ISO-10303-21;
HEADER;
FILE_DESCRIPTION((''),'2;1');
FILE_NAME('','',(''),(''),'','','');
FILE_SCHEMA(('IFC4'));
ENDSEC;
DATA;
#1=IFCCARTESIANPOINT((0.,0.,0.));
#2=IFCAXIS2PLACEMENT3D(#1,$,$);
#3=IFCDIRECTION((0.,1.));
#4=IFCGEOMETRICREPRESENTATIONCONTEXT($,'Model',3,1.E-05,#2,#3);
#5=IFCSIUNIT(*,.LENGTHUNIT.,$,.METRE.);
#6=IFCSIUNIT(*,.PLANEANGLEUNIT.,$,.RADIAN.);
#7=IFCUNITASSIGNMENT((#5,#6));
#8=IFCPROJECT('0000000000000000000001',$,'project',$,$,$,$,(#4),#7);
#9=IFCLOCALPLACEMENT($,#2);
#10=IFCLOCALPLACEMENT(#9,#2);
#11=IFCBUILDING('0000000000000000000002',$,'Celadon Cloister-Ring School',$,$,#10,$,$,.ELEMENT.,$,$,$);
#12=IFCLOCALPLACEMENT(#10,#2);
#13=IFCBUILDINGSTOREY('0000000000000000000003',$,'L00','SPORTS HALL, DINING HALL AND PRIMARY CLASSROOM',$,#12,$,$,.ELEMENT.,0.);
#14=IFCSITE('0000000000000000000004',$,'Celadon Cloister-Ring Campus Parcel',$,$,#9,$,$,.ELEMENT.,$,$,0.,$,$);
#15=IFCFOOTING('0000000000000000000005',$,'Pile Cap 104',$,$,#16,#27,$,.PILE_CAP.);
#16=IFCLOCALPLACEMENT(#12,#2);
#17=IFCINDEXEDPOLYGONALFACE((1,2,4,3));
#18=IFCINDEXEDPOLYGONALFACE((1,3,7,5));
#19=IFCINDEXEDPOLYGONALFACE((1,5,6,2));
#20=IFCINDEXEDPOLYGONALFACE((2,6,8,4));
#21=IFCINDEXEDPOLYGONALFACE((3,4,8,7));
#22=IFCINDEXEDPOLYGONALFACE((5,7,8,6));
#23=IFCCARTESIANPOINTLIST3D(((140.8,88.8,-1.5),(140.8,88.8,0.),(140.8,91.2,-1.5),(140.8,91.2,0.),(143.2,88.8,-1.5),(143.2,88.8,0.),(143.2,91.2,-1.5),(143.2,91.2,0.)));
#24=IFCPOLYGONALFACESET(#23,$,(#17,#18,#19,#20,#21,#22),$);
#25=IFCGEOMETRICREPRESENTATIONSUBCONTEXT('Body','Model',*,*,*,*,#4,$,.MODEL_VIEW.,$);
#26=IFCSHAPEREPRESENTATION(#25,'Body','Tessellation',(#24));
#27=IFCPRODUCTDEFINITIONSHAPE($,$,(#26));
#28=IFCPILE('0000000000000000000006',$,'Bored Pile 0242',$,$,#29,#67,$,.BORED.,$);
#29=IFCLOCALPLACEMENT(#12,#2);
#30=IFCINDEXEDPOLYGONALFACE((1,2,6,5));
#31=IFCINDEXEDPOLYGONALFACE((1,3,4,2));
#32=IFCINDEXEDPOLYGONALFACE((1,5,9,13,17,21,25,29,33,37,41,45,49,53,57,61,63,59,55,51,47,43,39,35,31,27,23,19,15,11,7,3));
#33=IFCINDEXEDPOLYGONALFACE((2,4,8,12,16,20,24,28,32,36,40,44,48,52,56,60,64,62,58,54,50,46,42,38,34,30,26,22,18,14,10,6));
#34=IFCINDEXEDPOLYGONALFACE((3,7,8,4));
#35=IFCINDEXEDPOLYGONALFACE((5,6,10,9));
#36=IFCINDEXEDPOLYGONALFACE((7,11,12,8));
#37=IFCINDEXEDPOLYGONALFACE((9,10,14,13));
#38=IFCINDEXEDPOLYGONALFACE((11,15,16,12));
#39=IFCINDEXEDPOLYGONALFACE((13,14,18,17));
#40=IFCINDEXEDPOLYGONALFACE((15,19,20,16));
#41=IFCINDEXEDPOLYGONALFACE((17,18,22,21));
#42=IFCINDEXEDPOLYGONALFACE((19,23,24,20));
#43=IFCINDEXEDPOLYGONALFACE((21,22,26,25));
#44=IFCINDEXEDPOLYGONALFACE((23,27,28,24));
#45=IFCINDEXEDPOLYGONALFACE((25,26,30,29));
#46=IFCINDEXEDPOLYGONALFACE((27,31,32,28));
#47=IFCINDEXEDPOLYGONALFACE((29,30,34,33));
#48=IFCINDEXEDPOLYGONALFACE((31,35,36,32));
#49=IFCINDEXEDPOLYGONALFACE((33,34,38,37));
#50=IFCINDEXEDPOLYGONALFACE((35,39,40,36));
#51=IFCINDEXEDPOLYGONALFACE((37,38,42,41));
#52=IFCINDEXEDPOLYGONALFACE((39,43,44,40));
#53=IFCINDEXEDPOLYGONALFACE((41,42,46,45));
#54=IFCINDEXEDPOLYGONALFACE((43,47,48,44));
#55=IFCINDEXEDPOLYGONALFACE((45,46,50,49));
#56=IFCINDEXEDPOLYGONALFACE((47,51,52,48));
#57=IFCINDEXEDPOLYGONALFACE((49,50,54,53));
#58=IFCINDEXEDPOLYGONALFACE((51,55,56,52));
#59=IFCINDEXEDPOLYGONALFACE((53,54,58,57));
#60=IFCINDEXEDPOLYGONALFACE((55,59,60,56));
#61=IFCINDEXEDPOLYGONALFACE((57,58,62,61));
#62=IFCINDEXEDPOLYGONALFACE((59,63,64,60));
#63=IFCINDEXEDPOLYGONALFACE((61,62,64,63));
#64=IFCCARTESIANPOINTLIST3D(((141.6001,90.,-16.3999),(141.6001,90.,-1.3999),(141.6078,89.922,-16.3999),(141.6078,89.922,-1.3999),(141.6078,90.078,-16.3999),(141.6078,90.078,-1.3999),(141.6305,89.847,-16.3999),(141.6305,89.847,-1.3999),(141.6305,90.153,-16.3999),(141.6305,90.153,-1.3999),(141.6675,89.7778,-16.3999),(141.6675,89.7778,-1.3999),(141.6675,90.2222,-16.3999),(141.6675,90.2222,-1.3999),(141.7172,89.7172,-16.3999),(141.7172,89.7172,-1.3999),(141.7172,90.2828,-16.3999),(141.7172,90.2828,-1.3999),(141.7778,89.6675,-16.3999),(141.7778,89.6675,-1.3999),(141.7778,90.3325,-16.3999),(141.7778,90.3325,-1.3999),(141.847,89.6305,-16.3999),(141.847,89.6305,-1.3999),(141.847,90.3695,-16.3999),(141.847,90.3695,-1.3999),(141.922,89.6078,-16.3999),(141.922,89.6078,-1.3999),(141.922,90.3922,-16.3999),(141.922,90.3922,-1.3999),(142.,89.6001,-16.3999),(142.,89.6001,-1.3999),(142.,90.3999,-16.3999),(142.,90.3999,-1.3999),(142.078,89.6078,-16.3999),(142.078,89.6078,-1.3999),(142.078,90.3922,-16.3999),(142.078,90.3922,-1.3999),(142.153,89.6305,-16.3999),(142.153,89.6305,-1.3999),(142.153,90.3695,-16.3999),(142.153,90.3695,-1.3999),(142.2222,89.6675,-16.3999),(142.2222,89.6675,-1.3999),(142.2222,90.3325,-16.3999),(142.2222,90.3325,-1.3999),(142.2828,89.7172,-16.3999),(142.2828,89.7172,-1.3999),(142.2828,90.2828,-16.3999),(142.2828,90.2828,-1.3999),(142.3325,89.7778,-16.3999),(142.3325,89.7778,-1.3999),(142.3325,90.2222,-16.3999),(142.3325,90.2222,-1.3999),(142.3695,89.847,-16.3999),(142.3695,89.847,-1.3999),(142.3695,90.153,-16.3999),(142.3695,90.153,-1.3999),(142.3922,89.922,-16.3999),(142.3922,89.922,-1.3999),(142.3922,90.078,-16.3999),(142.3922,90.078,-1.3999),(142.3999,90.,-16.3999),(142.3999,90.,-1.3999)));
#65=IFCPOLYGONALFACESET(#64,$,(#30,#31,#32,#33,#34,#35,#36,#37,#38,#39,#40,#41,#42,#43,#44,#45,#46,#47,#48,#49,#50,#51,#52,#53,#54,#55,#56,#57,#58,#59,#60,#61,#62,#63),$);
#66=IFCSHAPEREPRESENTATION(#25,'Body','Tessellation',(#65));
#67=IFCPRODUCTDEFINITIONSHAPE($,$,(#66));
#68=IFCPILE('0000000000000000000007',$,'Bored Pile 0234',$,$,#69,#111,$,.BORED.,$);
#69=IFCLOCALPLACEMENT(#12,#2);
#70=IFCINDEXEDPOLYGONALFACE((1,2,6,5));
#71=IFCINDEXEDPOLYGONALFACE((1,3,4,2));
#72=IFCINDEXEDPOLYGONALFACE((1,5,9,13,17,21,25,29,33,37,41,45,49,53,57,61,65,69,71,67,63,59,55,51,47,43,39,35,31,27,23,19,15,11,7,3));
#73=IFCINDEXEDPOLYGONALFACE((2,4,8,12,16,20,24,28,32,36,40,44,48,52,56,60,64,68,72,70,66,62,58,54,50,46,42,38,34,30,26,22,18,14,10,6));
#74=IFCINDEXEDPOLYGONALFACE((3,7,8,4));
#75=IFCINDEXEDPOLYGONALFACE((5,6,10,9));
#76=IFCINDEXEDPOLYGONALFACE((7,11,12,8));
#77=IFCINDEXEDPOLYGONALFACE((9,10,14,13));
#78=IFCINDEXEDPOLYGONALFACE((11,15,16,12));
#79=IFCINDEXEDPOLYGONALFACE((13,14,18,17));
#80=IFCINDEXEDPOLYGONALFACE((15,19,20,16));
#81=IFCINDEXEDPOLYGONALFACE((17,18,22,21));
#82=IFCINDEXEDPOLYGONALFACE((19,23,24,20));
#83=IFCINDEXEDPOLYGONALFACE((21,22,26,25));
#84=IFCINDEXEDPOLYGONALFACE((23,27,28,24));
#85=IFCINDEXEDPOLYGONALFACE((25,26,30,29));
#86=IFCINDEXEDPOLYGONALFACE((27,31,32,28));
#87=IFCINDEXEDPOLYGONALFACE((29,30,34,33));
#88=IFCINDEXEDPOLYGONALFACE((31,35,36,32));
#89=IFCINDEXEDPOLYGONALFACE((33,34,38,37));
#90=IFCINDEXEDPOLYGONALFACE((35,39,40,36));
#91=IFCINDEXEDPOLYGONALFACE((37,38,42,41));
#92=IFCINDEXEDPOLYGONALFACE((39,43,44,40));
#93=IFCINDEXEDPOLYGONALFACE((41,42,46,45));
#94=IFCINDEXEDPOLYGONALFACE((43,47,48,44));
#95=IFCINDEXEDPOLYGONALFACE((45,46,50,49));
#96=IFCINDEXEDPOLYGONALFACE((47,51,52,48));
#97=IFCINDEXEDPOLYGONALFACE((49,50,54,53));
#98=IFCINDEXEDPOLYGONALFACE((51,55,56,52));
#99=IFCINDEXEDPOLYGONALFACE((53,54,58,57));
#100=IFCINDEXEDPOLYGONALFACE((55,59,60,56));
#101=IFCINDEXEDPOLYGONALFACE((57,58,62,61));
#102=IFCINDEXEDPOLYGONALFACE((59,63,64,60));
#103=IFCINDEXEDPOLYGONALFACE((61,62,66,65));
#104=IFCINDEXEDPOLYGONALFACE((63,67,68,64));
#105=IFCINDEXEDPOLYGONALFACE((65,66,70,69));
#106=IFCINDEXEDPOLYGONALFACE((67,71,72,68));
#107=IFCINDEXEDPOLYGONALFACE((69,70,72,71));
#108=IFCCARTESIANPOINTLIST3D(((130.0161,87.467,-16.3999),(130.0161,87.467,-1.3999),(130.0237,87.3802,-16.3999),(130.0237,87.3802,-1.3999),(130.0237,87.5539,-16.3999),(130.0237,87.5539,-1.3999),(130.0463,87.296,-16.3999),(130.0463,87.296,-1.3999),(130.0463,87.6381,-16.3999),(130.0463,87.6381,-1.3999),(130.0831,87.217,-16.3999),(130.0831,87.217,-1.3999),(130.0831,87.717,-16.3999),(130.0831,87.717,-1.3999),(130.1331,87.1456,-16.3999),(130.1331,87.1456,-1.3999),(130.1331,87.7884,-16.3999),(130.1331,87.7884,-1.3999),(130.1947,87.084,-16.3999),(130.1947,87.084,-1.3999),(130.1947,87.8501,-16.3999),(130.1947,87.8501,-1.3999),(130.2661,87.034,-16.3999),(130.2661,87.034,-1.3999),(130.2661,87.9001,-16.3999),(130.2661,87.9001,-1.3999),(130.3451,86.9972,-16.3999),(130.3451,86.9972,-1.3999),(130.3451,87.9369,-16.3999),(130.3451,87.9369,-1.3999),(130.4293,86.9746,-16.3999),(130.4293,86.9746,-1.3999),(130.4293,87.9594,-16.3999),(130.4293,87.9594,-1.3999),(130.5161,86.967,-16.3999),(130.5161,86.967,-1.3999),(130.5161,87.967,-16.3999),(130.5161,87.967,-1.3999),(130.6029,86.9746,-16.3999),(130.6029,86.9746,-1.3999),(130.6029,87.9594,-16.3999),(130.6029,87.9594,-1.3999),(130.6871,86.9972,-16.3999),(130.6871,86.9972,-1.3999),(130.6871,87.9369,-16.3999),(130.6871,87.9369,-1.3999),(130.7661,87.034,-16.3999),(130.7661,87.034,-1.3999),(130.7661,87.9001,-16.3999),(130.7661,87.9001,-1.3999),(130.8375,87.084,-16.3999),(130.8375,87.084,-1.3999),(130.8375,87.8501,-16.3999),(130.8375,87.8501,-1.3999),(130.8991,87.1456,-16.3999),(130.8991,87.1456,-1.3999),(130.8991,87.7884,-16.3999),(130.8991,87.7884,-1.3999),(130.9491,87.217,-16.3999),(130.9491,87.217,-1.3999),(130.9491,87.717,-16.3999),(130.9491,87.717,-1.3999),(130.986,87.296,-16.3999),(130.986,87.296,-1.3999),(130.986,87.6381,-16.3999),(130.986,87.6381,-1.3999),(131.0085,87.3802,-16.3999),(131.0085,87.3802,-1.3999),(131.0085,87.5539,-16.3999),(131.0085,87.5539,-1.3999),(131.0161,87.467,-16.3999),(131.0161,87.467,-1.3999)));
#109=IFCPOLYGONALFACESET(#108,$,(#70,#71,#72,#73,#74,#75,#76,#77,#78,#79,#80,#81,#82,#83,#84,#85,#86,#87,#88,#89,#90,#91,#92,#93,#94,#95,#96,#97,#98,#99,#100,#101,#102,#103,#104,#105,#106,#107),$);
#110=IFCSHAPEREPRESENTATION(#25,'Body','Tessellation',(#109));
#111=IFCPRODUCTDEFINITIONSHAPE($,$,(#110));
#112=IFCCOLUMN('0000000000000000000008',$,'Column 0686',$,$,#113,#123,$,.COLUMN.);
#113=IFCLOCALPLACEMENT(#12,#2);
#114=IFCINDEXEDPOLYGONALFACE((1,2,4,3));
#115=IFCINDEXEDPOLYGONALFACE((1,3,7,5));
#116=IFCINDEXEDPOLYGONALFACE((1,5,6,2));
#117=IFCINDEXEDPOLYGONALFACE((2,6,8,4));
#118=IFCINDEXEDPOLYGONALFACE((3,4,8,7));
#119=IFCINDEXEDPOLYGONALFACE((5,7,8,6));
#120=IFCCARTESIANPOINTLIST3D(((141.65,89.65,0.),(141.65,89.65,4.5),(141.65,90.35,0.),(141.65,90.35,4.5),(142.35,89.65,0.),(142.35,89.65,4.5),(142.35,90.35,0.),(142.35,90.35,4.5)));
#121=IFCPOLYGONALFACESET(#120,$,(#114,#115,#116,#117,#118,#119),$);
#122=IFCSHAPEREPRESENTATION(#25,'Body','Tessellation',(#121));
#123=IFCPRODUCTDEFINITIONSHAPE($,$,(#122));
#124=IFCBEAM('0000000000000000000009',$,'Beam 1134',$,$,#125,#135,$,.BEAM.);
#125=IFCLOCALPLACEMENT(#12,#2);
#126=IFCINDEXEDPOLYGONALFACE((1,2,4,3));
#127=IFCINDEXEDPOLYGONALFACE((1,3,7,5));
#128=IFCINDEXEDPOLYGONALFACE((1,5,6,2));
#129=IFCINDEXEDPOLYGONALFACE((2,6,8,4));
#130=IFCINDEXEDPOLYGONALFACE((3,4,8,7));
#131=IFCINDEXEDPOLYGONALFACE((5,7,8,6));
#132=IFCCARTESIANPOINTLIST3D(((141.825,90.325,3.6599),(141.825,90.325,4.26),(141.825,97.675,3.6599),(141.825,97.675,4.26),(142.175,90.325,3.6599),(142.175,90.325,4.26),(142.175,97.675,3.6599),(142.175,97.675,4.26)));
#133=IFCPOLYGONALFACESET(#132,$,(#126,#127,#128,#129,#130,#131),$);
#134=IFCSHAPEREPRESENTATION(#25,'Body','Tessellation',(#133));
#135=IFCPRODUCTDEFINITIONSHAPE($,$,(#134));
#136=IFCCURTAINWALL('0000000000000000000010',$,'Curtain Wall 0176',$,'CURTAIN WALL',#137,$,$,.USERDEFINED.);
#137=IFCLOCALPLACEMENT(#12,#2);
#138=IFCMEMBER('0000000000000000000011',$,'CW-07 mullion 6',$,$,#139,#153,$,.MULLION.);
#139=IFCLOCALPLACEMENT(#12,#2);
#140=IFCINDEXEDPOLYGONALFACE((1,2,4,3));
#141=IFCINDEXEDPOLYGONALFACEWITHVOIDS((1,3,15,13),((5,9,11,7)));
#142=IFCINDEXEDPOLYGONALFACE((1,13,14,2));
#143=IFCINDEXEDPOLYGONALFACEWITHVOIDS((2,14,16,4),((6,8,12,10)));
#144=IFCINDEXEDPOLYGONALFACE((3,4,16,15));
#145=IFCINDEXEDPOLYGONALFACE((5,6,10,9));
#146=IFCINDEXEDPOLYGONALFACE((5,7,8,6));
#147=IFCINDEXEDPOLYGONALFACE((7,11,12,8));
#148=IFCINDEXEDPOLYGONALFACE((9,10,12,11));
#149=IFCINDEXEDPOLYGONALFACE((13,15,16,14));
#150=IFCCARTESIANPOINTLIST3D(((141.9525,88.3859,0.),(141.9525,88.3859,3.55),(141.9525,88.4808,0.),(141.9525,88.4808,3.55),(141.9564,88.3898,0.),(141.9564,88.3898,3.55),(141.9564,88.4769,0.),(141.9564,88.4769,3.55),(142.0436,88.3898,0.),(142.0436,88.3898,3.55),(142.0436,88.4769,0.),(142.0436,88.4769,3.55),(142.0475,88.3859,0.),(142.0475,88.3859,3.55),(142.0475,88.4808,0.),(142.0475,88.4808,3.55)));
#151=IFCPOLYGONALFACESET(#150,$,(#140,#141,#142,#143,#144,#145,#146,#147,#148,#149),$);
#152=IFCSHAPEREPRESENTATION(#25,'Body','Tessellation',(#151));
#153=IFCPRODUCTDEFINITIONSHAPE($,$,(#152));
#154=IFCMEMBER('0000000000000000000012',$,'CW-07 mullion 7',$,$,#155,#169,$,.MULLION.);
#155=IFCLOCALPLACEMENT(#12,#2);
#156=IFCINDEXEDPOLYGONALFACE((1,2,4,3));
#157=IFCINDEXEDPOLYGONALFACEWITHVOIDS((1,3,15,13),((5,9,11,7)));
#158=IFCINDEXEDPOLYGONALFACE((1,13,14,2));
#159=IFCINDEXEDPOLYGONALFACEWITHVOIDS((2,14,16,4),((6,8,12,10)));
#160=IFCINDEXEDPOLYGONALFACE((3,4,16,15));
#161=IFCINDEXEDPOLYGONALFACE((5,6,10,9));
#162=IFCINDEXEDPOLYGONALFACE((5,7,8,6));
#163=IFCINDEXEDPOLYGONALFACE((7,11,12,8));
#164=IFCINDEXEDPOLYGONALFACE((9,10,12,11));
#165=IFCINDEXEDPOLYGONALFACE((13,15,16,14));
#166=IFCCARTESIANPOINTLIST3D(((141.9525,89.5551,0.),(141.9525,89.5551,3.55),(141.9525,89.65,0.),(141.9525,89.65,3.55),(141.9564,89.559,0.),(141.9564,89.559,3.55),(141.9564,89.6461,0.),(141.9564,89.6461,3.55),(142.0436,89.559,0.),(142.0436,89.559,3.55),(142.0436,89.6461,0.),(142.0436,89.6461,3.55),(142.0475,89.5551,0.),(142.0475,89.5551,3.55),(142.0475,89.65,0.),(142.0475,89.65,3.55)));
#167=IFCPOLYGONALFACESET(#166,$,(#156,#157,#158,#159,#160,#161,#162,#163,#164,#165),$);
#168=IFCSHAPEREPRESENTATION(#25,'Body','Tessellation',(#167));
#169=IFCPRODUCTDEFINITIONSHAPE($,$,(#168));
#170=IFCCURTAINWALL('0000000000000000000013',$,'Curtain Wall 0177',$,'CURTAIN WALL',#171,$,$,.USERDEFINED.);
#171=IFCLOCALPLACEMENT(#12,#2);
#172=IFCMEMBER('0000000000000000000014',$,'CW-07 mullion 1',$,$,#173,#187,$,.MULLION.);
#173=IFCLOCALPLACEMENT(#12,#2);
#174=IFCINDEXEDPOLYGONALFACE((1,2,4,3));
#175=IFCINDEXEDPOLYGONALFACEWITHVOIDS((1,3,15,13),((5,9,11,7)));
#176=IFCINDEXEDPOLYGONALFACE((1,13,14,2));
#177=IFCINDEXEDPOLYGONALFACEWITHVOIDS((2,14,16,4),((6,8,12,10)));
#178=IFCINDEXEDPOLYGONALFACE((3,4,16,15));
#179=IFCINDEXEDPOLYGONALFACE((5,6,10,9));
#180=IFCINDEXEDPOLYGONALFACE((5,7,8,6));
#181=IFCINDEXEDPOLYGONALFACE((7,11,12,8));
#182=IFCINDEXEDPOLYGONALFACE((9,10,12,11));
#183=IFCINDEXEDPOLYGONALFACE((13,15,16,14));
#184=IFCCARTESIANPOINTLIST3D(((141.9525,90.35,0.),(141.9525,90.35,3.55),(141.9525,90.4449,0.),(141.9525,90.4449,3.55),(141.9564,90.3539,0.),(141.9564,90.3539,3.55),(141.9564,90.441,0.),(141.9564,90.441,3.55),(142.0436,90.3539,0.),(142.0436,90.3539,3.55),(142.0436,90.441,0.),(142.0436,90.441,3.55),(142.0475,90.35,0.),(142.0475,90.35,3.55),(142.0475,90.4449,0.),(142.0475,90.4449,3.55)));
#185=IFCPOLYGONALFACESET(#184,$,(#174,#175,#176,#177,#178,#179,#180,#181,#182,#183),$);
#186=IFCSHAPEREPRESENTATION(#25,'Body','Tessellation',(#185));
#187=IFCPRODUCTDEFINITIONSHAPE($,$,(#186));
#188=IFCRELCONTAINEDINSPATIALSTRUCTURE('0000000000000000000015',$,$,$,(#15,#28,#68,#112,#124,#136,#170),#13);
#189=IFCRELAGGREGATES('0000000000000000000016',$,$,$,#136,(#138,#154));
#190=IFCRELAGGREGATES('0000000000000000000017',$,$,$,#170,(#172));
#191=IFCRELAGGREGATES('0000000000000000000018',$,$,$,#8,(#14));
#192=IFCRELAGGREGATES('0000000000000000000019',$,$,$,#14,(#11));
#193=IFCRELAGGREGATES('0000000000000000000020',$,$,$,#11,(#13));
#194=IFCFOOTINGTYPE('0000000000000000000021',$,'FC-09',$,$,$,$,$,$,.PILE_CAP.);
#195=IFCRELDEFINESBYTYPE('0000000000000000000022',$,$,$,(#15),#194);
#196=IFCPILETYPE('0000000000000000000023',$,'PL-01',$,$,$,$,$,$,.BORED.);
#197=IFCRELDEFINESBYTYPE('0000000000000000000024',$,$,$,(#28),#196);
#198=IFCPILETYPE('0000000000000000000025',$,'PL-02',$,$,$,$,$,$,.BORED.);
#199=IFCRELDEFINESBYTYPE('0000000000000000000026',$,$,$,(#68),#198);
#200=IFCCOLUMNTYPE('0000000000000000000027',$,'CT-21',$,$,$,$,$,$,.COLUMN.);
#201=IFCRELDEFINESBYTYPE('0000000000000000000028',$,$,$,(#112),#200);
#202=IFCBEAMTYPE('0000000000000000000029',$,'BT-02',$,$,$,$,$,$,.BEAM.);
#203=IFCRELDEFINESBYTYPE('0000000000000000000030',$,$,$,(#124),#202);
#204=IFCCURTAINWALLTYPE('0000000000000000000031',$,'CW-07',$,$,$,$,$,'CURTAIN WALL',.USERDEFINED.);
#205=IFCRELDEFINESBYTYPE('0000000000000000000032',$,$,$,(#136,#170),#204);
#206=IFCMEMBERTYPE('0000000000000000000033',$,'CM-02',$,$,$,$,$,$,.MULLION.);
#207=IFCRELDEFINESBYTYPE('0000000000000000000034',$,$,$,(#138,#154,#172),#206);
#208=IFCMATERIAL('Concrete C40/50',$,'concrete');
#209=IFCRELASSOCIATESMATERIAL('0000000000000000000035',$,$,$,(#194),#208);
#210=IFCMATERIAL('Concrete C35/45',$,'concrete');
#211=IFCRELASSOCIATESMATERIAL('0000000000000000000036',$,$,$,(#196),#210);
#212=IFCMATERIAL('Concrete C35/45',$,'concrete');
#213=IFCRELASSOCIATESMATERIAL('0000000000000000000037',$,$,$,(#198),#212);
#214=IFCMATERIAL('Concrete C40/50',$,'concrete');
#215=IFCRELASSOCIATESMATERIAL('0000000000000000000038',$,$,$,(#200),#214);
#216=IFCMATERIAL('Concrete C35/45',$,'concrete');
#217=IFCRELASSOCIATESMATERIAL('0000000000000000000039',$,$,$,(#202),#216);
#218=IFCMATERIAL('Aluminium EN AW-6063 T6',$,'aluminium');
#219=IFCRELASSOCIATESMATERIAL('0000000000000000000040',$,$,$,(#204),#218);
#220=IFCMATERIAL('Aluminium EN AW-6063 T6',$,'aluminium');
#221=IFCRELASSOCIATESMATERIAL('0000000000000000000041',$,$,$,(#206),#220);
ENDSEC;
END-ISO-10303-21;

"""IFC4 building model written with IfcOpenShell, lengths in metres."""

from ifc_helpers import new_model, si_unit, direction, frame, origin, origin_2d, place, context, subcontext, project, spatial, rectangle, hollow_rectangle, circle, extrude, material, material_profile, profile_set, type_object, element, aggregate, save


model = new_model("IFC4")

# Units and contexts
model_context = context("Model", 3, precision=1e-05, world=origin(), true_north=direction((0.0, 1.0)))
body_context = subcontext(model_context, "Body", "Model", "MODEL_VIEW")
ifc_project = project(units=[si_unit("LENGTHUNIT", "METRE"), si_unit("PLANEANGLEUNIT", "RADIAN")], contexts=[model_context])

# Site, building, storey
site_placement = place(None, origin())
site = spatial("IfcSite", under=ifc_project, at=site_placement, Name="Celadon Cloister-Ring Campus Parcel", CompositionType="ELEMENT", RefElevation=0.0)
building_placement = place(site_placement, origin())
building = spatial("IfcBuilding", under=site, at=building_placement, Name="Celadon Cloister-Ring School", CompositionType="ELEMENT")
storey_placement = place(building_placement, origin())
storey = spatial("IfcBuildingStorey", under=building, at=storey_placement, Name="L00", Description="SPORTS HALL, DINING HALL AND PRIMARY CLASSROOM", CompositionType="ELEMENT", Elevation=0.0)

# Footing
ifc_material_1 = material(Name="Concrete C40/50", Category="concrete")
footing_type = type_object("IfcFootingType", Name="FC-09", PredefinedType="PILE_CAP", material=ifc_material_1)
footing_placement = place(storey_placement, frame((142.0, 90.0, -1.5), z_axis=(0.0, 0.0, 1.0), x_axis=(1.0, 0.0, 0.0)))
element("IfcFooting", 1, at=footing_placement, inside=storey, type_object=footing_type, Name="Pile Cap 104", PredefinedType="PILE_CAP", context=body_context, shape_type="SweptSolid", body=[
    extrude(rectangle(XDim=2.3999, YDim=2.3999, at=origin_2d()), origin(), (0.0, 0.0, 1.0), 1.5),
])

# Piles
ifc_material_2 = material(Name="Concrete C35/45", Category="concrete")
ifc_material_profile_1 = material_profile(ifc_material_2, circle(Radius=0.3999, at=origin_2d()), Name="PILE800")
ifc_profile_set_1 = profile_set([ifc_material_profile_1], Name="Concrete C35/45")
pile_type_1 = type_object("IfcPileType", Name="PL-01", PredefinedType="BORED", material=ifc_profile_set_1)
pile_1_placement = place(storey_placement, frame((142.0, 90.0, -1.3999), z_axis=(0.0, 0.0, -1.0), x_axis=(1.0, 0.0, 0.0)))
element("IfcPile", 2, at=pile_1_placement, inside=storey, type_object=pile_type_1, Name="Bored Pile 0242", PredefinedType="BORED", context=body_context, shape_type="SweptSolid", body=[
    extrude(circle(Radius=0.3999, at=origin_2d()), origin(), (0.0, 0.0, 1.0), 15.0),
])
ifc_material_3 = material(Name="Concrete C35/45", Category="concrete")
ifc_material_profile_2 = material_profile(ifc_material_3, circle(Radius=0.5, at=origin_2d()), Name="PILE1000")
ifc_profile_set_2 = profile_set([ifc_material_profile_2], Name="Concrete C35/45")
pile_type_2 = type_object("IfcPileType", Name="PL-02", PredefinedType="BORED", material=ifc_profile_set_2)
pile_2_placement = place(storey_placement, frame((130.5161, 87.467, -1.3999), z_axis=(0.0, 0.0, -1.0), x_axis=(1.0, 0.0, 0.0)))
element("IfcPile", 3, at=pile_2_placement, inside=storey, type_object=pile_type_2, Name="Bored Pile 0234", PredefinedType="BORED", context=body_context, shape_type="SweptSolid", body=[
    extrude(circle(Radius=0.5, at=origin_2d()), origin(), (0.0, 0.0, 1.0), 15.0),
])

# Column
ifc_material_4 = material(Name="Concrete C40/50", Category="concrete")
ifc_material_profile_3 = material_profile(ifc_material_4, rectangle(XDim=0.7, YDim=0.7, at=origin_2d()), Name="RC700X700")
ifc_profile_set_3 = profile_set([ifc_material_profile_3], Name="Concrete C40/50")
column_type = type_object("IfcColumnType", Name="CT-21", PredefinedType="COLUMN", material=ifc_profile_set_3)
column_placement = place(storey_placement, frame((142.0, 90.0, 0.0), z_axis=(0.0, 0.0, 1.0), x_axis=(1.0, 0.0, 0.0)))
element("IfcColumn", 4, at=column_placement, inside=storey, type_object=column_type, Name="Column 0686", PredefinedType="COLUMN", context=body_context, shape_type="SweptSolid", body=[
    extrude(rectangle(XDim=0.7, YDim=0.7, at=origin_2d()), origin(), (0.0, 0.0, 1.0), 4.5),
])

# Beam
ifc_material_5 = material(Name="Concrete C35/45", Category="concrete")
ifc_material_profile_4 = material_profile(ifc_material_5, rectangle(XDim=0.3501, YDim=0.6001, at=origin_2d()), Name="RC350X600")
ifc_profile_set_4 = profile_set([ifc_material_profile_4], Name="Concrete C35/45")
beam_type_1 = type_object("IfcBeamType", Name="BT-02", PredefinedType="BEAM", material=ifc_profile_set_4)
beam_1_placement = place(storey_placement, frame((142.0, 90.325, 3.96), z_axis=(0.0, 1.0, 0.0), x_axis=(-1.0, 0.0, 0.0)))
element("IfcBeam", 5, at=beam_1_placement, inside=storey, type_object=beam_type_1, Name="Beam 1134", PredefinedType="BEAM", context=body_context, shape_type="SweptSolid", body=[
    extrude(rectangle(XDim=0.3501, YDim=0.6001, at=origin_2d()), origin(), (0.0, 0.0, 1.0), 7.3501),
])

# Curtain walls, members
ifc_material_6 = material(Name="Aluminium EN AW-6063 T6", Category="aluminium")
curtain_wall_type = type_object("IfcCurtainWallType", Name="CW-07", ElementType="CURTAIN WALL", PredefinedType="USERDEFINED", material=ifc_material_6)
curtain_wall_1_placement = place(storey_placement, origin())
curtain_wall_1 = element("IfcCurtainWall", 6, at=curtain_wall_1_placement, inside=storey, type_object=curtain_wall_type, Name="Curtain Wall 0176", ObjectType="CURTAIN WALL", PredefinedType="USERDEFINED")
ifc_material_7 = material(Name="Aluminium EN AW-6063 T6", Category="aluminium")
ifc_material_profile_5 = material_profile(ifc_material_7, hollow_rectangle(XDim=0.095, YDim=0.095, WallThickness=0.0039, at=origin_2d()), Name="RHS95X95X4")
ifc_profile_set_5 = profile_set([ifc_material_profile_5], Name="Aluminium EN AW-6063 T6")
member_type_1 = type_object("IfcMemberType", Name="CM-02", PredefinedType="MULLION", material=ifc_profile_set_5)
member_1_placement = place(storey_placement, frame((142.0, 88.4333, 0.0), z_axis=(0.0, 0.0, 1.0), x_axis=(-1.0, 0.0, 0.0)))
member_1 = element("IfcMember", 7, at=member_1_placement, type_object=member_type_1, Name="CW-07 mullion 6", PredefinedType="MULLION", context=body_context, shape_type="SweptSolid", body=[
    extrude(hollow_rectangle(XDim=0.095, YDim=0.095, WallThickness=0.0039, at=origin_2d()), origin(), (0.0, 0.0, 1.0), 3.55),
])
member_2_placement = place(storey_placement, frame((142.0, 89.6025, 0.0), z_axis=(0.0, 0.0, 1.0), x_axis=(-1.0, 0.0, 0.0)))
member_2 = element("IfcMember", 8, at=member_2_placement, type_object=member_type_1, Name="CW-07 mullion 7", PredefinedType="MULLION", context=body_context, shape_type="SweptSolid", body=[
    extrude(hollow_rectangle(XDim=0.095, YDim=0.095, WallThickness=0.0039, at=origin_2d()), origin(), (0.0, 0.0, 1.0), 3.55),
])
curtain_wall_2_placement = place(storey_placement, origin())
curtain_wall_2 = element("IfcCurtainWall", 9, at=curtain_wall_2_placement, inside=storey, type_object=curtain_wall_type, Name="Curtain Wall 0177", ObjectType="CURTAIN WALL", PredefinedType="USERDEFINED")
member_3_placement = place(storey_placement, frame((142.0, 90.3975, 0.0), z_axis=(0.0, 0.0, 1.0), x_axis=(-1.0, 0.0, 0.0)))
member_3 = element("IfcMember", 10, at=member_3_placement, type_object=member_type_1, Name="CW-07 mullion 1", PredefinedType="MULLION", context=body_context, shape_type="SweptSolid", body=[
    extrude(hollow_rectangle(XDim=0.095, YDim=0.095, WallThickness=0.0039, at=origin_2d()), origin(), (0.0, 0.0, 1.0), 3.55),
])

aggregate(curtain_wall_1, [member_1, member_2])
aggregate(curtain_wall_2, [member_3])

save(model, "model.ifc")
